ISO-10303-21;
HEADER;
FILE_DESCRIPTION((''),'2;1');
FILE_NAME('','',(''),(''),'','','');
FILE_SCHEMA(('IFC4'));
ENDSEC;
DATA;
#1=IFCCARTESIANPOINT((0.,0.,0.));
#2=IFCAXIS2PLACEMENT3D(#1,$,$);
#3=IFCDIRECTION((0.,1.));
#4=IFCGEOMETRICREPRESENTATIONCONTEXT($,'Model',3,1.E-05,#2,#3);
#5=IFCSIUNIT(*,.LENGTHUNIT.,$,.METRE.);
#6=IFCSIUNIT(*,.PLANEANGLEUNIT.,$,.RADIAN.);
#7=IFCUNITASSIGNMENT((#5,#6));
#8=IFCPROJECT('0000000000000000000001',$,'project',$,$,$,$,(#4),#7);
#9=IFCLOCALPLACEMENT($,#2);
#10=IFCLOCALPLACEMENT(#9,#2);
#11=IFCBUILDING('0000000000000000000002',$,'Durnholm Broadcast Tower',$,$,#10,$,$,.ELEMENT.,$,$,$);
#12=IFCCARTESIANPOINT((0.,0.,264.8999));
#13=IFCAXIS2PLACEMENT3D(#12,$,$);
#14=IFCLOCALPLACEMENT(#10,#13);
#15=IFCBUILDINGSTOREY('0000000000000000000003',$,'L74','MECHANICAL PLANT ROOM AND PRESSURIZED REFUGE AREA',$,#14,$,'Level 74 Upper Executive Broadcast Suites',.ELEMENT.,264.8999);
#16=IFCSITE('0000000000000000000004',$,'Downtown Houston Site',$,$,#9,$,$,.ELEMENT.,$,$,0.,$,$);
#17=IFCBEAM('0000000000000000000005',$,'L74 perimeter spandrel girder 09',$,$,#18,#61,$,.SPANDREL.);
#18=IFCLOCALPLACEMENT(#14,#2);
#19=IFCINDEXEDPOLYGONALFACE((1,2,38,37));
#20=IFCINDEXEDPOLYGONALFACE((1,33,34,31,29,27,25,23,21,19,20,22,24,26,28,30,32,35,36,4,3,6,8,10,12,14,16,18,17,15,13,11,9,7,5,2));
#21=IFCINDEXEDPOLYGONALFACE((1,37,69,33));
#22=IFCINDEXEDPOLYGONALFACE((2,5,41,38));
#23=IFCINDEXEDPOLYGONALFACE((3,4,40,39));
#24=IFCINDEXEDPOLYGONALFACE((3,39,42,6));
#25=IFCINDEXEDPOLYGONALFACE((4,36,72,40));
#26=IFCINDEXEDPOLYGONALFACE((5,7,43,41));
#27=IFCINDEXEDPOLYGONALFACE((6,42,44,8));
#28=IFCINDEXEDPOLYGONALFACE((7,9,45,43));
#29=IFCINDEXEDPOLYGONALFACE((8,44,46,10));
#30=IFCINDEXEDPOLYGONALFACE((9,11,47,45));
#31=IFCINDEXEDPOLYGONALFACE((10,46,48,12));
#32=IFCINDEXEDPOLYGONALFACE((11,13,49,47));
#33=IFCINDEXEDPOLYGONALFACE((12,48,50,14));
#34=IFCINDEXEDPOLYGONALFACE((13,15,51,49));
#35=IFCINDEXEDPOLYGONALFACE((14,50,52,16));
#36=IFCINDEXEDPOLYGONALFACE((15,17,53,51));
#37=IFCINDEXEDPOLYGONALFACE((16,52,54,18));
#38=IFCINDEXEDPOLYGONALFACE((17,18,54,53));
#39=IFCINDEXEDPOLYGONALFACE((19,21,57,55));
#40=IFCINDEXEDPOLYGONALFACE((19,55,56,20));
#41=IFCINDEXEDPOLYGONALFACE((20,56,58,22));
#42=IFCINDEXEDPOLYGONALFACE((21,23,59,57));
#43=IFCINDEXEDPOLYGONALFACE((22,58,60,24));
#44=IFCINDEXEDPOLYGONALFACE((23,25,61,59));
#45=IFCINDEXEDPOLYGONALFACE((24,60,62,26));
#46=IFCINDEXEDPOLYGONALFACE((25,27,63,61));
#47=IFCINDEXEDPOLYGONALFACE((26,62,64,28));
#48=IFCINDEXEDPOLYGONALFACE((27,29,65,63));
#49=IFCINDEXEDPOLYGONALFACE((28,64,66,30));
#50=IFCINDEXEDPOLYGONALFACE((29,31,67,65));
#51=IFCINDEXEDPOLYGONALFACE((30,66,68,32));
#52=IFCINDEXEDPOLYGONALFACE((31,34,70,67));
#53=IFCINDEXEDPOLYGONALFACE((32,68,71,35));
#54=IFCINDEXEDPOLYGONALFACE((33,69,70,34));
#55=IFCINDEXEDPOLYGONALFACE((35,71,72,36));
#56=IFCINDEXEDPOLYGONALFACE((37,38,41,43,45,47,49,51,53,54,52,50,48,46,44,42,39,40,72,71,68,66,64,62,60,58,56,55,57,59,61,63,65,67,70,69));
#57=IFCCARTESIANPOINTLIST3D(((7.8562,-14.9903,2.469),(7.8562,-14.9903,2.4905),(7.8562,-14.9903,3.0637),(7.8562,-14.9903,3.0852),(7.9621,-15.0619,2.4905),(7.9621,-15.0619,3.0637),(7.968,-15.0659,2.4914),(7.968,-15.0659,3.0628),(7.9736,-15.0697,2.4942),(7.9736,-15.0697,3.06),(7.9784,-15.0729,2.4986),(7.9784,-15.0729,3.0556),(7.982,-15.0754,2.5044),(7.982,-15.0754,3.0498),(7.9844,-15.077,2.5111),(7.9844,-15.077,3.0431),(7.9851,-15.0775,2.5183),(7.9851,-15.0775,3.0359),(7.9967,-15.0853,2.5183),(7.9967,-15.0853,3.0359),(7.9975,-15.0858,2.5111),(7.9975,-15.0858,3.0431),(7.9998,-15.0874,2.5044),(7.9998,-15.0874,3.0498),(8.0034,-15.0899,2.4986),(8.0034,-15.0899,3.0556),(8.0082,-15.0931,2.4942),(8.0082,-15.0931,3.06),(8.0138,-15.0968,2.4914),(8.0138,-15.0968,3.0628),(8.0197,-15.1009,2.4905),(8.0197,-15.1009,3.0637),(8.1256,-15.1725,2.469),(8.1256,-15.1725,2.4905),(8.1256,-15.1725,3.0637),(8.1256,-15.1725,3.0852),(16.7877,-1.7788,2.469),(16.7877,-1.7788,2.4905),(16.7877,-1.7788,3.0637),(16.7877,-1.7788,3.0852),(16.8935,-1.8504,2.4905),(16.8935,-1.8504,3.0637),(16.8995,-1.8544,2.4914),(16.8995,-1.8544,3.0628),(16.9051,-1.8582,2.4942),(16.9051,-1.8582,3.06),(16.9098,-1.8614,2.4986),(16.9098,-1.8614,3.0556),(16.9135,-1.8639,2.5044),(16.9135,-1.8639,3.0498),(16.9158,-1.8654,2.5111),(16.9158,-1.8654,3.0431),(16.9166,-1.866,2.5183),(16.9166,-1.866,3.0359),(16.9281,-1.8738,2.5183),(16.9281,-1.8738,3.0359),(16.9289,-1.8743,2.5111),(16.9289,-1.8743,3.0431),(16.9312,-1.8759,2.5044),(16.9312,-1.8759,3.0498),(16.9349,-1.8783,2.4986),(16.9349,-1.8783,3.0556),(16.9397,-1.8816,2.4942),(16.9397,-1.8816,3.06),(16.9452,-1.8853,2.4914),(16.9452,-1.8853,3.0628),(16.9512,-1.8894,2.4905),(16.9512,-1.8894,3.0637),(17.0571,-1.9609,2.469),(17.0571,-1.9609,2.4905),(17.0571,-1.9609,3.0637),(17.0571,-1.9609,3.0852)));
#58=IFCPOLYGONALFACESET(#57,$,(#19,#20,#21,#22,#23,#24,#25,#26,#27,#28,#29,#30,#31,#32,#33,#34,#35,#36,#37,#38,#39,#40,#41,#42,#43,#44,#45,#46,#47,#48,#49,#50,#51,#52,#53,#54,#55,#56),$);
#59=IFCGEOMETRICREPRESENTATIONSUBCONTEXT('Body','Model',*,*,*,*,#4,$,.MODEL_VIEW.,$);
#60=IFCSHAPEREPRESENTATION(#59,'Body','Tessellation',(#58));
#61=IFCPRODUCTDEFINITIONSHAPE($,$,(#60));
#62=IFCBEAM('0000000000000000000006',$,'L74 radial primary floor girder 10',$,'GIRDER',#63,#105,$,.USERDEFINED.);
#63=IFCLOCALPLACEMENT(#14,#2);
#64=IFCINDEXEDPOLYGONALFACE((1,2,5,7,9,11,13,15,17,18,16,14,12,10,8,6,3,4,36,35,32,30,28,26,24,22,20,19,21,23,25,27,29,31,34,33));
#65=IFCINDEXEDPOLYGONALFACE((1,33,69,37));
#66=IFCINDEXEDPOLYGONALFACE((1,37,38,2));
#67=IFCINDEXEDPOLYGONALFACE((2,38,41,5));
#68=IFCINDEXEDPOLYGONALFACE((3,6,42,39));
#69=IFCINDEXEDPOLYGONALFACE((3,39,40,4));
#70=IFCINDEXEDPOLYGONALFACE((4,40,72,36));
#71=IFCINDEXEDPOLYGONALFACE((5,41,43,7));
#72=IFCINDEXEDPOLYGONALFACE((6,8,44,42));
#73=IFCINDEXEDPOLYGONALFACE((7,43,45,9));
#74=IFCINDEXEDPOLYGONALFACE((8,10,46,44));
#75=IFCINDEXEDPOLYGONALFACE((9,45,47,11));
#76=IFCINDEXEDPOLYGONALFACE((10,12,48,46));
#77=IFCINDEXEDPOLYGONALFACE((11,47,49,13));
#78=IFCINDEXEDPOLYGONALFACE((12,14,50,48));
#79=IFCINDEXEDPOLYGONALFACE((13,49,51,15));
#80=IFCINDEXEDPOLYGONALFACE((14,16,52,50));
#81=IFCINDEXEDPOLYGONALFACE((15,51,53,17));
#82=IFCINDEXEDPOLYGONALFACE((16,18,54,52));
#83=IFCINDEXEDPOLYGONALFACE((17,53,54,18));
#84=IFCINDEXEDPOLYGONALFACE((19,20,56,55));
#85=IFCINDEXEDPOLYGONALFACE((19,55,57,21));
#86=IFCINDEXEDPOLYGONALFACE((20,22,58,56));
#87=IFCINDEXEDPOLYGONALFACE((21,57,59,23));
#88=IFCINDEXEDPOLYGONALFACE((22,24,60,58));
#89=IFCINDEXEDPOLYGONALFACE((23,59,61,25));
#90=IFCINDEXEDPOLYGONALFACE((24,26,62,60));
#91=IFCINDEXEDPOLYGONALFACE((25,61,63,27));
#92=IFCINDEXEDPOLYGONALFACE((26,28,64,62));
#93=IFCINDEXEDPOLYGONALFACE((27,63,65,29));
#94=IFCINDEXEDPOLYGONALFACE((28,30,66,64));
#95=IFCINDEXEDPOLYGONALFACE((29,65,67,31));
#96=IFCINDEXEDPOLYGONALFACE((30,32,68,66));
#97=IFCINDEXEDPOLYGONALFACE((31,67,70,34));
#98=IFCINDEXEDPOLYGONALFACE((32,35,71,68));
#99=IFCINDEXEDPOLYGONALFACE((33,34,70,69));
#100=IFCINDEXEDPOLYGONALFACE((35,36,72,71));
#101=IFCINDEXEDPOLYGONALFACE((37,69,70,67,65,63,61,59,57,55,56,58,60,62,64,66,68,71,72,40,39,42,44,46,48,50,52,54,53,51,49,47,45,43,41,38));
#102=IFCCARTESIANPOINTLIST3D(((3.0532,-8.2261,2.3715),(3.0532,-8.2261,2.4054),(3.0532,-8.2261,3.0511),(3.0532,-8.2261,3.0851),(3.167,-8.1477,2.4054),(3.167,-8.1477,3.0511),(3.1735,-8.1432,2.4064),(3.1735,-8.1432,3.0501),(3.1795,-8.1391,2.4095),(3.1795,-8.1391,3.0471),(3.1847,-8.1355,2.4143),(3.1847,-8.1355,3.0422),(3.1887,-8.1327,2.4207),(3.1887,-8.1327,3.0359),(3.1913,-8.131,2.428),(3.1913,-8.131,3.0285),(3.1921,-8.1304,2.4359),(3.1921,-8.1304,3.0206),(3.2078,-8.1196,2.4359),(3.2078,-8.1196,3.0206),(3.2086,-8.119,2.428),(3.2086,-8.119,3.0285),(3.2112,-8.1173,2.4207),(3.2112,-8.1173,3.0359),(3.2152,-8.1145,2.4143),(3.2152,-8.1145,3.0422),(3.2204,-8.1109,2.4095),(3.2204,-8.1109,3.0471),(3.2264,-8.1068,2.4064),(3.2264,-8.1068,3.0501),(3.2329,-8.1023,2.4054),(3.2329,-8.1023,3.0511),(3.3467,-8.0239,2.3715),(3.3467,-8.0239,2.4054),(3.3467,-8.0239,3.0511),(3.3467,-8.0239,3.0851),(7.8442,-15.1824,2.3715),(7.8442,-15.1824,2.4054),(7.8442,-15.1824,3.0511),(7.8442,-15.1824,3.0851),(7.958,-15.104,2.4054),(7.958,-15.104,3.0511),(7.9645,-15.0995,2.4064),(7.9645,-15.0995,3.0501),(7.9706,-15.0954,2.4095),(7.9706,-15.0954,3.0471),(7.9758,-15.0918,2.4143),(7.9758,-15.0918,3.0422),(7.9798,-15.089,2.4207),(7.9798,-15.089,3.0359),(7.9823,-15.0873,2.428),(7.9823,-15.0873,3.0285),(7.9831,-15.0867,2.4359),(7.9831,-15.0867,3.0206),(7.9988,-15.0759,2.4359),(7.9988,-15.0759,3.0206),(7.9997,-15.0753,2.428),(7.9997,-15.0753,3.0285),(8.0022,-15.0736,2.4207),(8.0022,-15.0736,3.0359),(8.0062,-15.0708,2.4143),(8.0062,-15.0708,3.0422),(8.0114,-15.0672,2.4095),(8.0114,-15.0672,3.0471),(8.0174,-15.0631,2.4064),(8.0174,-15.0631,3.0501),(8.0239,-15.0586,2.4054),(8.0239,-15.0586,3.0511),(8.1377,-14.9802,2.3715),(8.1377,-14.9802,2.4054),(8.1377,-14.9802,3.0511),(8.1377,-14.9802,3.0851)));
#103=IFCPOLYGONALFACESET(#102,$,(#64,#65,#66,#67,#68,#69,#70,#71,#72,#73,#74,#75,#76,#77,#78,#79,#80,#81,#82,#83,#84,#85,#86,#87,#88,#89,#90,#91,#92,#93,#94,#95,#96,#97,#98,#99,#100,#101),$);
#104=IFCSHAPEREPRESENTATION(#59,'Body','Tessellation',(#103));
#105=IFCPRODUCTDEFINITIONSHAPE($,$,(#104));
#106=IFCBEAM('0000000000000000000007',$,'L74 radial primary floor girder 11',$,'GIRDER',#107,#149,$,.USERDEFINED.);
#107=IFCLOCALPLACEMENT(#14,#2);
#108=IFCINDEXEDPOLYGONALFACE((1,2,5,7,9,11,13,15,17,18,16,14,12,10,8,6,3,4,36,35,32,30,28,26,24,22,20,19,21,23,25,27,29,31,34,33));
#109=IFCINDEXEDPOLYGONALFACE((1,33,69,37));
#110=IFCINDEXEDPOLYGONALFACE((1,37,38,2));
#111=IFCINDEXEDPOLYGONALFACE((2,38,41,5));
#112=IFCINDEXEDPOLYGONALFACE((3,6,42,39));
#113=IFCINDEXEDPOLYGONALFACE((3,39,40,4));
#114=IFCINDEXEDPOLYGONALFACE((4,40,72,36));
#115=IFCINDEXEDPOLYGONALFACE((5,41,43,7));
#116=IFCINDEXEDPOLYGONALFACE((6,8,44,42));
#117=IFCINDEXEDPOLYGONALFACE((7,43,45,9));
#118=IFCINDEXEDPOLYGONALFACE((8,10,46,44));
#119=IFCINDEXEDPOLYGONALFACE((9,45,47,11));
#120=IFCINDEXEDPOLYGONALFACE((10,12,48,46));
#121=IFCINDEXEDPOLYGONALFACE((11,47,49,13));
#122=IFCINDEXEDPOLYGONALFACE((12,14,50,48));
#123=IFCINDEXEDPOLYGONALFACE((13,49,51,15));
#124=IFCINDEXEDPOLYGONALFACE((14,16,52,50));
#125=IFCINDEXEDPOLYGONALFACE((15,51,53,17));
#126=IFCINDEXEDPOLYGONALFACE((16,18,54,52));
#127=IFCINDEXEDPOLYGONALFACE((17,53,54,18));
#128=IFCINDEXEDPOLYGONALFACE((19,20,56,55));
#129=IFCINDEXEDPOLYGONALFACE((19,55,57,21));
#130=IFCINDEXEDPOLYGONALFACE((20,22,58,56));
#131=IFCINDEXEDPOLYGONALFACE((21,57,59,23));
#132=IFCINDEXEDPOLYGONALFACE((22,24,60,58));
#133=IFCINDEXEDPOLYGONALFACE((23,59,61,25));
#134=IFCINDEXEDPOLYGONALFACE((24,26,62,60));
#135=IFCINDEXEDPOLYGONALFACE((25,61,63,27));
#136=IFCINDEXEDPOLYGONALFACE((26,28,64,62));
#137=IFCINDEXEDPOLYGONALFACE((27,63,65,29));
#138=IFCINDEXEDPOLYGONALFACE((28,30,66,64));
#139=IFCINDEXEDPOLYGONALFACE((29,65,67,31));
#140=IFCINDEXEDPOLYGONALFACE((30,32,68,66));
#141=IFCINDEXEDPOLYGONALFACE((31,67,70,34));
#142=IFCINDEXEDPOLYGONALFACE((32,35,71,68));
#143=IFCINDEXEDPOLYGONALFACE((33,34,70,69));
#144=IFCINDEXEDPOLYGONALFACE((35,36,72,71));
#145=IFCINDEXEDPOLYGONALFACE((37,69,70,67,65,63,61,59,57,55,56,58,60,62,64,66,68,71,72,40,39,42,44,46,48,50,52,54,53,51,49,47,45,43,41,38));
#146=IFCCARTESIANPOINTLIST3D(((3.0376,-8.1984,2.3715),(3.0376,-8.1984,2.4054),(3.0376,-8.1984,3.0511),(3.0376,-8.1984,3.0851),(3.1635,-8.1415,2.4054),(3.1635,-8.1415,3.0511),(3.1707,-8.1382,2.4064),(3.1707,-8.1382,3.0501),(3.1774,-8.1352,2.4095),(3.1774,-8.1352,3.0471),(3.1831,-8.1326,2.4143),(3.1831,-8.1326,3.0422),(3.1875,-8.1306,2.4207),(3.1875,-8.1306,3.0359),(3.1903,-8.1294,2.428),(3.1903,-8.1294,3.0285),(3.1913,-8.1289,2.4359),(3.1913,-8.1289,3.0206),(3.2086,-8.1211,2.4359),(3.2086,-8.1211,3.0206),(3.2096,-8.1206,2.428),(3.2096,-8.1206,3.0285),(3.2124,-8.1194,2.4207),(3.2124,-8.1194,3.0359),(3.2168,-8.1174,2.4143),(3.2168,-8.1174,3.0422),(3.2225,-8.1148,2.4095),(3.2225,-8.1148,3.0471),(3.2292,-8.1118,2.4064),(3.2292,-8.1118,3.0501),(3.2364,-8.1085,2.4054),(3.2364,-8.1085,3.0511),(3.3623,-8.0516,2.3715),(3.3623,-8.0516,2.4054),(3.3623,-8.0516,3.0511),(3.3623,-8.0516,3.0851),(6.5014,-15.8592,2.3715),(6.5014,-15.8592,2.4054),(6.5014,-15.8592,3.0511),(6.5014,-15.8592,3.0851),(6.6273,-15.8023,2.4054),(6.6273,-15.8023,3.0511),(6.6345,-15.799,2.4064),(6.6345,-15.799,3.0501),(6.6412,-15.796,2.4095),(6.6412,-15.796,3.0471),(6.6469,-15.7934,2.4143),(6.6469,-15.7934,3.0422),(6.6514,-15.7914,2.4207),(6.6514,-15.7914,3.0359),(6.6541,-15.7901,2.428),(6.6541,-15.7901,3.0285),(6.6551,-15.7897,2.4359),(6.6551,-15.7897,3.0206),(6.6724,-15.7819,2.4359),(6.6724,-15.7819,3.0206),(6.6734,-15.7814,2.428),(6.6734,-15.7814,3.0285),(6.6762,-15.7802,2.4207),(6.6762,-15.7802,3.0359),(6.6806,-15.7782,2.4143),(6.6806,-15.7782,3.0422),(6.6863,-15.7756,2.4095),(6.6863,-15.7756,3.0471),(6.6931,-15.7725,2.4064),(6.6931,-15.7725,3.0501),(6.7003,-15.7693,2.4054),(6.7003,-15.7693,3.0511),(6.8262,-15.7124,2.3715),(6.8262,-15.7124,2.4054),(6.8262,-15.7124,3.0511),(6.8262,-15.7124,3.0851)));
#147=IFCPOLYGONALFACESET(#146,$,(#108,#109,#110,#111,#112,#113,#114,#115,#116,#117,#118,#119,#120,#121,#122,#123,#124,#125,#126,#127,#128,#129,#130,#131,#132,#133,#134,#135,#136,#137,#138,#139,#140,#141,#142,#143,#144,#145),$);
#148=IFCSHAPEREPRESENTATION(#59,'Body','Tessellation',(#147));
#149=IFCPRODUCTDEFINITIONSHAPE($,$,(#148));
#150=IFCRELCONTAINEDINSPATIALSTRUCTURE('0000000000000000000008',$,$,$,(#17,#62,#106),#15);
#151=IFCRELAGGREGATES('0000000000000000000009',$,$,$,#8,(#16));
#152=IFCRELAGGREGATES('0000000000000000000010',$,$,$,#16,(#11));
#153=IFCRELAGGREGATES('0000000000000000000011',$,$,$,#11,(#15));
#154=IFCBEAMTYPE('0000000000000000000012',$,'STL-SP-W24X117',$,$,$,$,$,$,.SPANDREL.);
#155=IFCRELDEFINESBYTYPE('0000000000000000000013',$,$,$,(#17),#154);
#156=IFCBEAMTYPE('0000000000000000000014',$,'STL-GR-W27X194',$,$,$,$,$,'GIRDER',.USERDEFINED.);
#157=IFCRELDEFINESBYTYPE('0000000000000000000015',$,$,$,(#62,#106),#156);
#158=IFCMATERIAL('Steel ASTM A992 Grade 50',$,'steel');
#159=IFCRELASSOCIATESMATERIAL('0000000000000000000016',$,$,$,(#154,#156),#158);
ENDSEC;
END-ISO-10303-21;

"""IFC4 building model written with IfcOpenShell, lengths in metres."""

from ifc_helpers import new_model, si_unit, direction, frame, origin, origin_2d, place, context, subcontext, project, spatial, i_section, extrude, source, transform, mapped, material, material_profile, profile_set, type_object, type_shapes, element, save


model = new_model("IFC4")

# Units and contexts
model_context = context("Model", 3, precision=1e-05, world=origin(), true_north=direction((0.0, 1.0)))
body_context = subcontext(model_context, "Body", "Model", "MODEL_VIEW")
ifc_project = project(units=[si_unit("LENGTHUNIT", "METRE"), si_unit("PLANEANGLEUNIT", "RADIAN")], contexts=[model_context])

# Site, building, storey
site_placement = place(None, origin())
site = spatial("IfcSite", under=ifc_project, at=site_placement, Name="Downtown Houston Site", CompositionType="ELEMENT", RefElevation=0.0)
building_placement = place(site_placement, origin())
building = spatial("IfcBuilding", under=site, at=building_placement, Name="Durnholm Broadcast Tower", CompositionType="ELEMENT")
storey_placement = place(building_placement, frame((0.0, 0.0, 264.8999)))
storey = spatial("IfcBuildingStorey", under=building, at=storey_placement, Name="L74", Description="MECHANICAL PLANT ROOM AND PRESSURIZED REFUGE AREA", LongName="Level 74 Upper Executive Broadcast Suites", CompositionType="ELEMENT", Elevation=264.8999)

# Beams
ifc_material_1 = material(Name="Steel ASTM A992 Grade 50", Category="steel")
ifc_material_profile_1 = material_profile(ifc_material_1, i_section(OverallWidth=0.3252, OverallDepth=0.6162, WebThickness=0.0139, FlangeThickness=0.0215, FilletRadius=0.0278, at=origin_2d()), Name="W24X117")
ifc_profile_set_1 = profile_set([ifc_material_profile_1], Name="Steel ASTM A992 Grade 50")
beam_type_1 = type_object("IfcBeamType", Name="STL-SP-W24X117", PredefinedType="SPANDREL", material=ifc_profile_set_1)
shared_shape_1 = source(origin(), body_context, "Body", "SweptSolid", [
    extrude(i_section(OverallWidth=0.3252, OverallDepth=0.6162, WebThickness=0.0139, FlangeThickness=0.0215, FilletRadius=0.0278, at=origin_2d()), origin(), (0.0, 0.0, 1.0), 15.9473),
])
beam_1_placement = place(storey_placement, frame((16.9224, -1.8699, 2.7771), z_axis=(-0.560062, -0.828451, 0.0), x_axis=(0.828451, -0.560062, 0.0)))
element("IfcBeam", 1, at=beam_1_placement, inside=storey, type_object=beam_type_1, Name="L74 perimeter spandrel girder 09", PredefinedType="SPANDREL", context=body_context, shape_type="MappedRepresentation", body=[
    mapped(shared_shape_1, transform((0.0, 0.0, 0.0), x_axis=(1.0, 0.0, 0.0), y_axis=(0.0, 1.0, 0.0), z_axis=(0.0, 0.0, 1.0), scale=1.0)),
])
ifc_material_profile_2 = material_profile(ifc_material_1, i_section(OverallWidth=0.3564, OverallDepth=0.7136, WebThickness=0.019, FlangeThickness=0.0339, FilletRadius=0.0305, at=origin_2d()), Name="W27X194")
ifc_profile_set_2 = profile_set([ifc_material_profile_2], Name="Steel ASTM A992 Grade 50")
beam_type_2 = type_object("IfcBeamType", Name="STL-GR-W27X194", ElementType="GIRDER", PredefinedType="USERDEFINED", material=ifc_profile_set_2)
shared_shape_2 = source(origin(), body_context, "Body", "SweptSolid", [
    extrude(i_section(OverallWidth=0.3564, OverallDepth=0.7136, WebThickness=0.019, FlangeThickness=0.0339, FilletRadius=0.0305, at=origin_2d()), origin(), (0.0, 0.0, 1.0), 8.4465),
])
beam_2_placement = place(storey_placement, frame((3.2, -8.125, 2.7283), z_axis=(0.567217, -0.823569, 0.0), x_axis=(0.823569, 0.567217, 0.0)))
element("IfcBeam", 2, at=beam_2_placement, inside=storey, type_object=beam_type_2, Name="L74 radial primary floor girder 10", ObjectType="GIRDER", PredefinedType="USERDEFINED", context=body_context, shape_type="MappedRepresentation", body=[
    mapped(shared_shape_2, transform((0.0, 0.0, 0.0), x_axis=(1.0, 0.0, 0.0), y_axis=(0.0, 1.0, 0.0), z_axis=(0.0, 0.0, 1.0), scale=1.0)),
])
shared_shape_3 = source(origin(), body_context, "Body", "SweptSolid", [
    extrude(i_section(OverallWidth=0.3564, OverallDepth=0.7136, WebThickness=0.019, FlangeThickness=0.0339, FilletRadius=0.0305, at=origin_2d()), origin(), (0.0, 0.0, 1.0), 8.4075),
])
type_shapes(beam_type_2, [shared_shape_2, shared_shape_3])
beam_3_placement = place(storey_placement, frame((3.2, -8.125, 2.7283), z_axis=(0.411993, -0.911187, 0.0), x_axis=(0.911187, 0.411993, 0.0)))
element("IfcBeam", 3, at=beam_3_placement, inside=storey, type_object=beam_type_2, Name="L74 radial primary floor girder 11", ObjectType="GIRDER", PredefinedType="USERDEFINED", context=body_context, shape_type="MappedRepresentation", body=[
    mapped(shared_shape_3, transform((0.0, 0.0, 0.0), x_axis=(1.0, 0.0, 0.0), y_axis=(0.0, 1.0, 0.0), z_axis=(0.0, 0.0, 1.0), scale=1.0)),
])

save(model, "model.ifc")
